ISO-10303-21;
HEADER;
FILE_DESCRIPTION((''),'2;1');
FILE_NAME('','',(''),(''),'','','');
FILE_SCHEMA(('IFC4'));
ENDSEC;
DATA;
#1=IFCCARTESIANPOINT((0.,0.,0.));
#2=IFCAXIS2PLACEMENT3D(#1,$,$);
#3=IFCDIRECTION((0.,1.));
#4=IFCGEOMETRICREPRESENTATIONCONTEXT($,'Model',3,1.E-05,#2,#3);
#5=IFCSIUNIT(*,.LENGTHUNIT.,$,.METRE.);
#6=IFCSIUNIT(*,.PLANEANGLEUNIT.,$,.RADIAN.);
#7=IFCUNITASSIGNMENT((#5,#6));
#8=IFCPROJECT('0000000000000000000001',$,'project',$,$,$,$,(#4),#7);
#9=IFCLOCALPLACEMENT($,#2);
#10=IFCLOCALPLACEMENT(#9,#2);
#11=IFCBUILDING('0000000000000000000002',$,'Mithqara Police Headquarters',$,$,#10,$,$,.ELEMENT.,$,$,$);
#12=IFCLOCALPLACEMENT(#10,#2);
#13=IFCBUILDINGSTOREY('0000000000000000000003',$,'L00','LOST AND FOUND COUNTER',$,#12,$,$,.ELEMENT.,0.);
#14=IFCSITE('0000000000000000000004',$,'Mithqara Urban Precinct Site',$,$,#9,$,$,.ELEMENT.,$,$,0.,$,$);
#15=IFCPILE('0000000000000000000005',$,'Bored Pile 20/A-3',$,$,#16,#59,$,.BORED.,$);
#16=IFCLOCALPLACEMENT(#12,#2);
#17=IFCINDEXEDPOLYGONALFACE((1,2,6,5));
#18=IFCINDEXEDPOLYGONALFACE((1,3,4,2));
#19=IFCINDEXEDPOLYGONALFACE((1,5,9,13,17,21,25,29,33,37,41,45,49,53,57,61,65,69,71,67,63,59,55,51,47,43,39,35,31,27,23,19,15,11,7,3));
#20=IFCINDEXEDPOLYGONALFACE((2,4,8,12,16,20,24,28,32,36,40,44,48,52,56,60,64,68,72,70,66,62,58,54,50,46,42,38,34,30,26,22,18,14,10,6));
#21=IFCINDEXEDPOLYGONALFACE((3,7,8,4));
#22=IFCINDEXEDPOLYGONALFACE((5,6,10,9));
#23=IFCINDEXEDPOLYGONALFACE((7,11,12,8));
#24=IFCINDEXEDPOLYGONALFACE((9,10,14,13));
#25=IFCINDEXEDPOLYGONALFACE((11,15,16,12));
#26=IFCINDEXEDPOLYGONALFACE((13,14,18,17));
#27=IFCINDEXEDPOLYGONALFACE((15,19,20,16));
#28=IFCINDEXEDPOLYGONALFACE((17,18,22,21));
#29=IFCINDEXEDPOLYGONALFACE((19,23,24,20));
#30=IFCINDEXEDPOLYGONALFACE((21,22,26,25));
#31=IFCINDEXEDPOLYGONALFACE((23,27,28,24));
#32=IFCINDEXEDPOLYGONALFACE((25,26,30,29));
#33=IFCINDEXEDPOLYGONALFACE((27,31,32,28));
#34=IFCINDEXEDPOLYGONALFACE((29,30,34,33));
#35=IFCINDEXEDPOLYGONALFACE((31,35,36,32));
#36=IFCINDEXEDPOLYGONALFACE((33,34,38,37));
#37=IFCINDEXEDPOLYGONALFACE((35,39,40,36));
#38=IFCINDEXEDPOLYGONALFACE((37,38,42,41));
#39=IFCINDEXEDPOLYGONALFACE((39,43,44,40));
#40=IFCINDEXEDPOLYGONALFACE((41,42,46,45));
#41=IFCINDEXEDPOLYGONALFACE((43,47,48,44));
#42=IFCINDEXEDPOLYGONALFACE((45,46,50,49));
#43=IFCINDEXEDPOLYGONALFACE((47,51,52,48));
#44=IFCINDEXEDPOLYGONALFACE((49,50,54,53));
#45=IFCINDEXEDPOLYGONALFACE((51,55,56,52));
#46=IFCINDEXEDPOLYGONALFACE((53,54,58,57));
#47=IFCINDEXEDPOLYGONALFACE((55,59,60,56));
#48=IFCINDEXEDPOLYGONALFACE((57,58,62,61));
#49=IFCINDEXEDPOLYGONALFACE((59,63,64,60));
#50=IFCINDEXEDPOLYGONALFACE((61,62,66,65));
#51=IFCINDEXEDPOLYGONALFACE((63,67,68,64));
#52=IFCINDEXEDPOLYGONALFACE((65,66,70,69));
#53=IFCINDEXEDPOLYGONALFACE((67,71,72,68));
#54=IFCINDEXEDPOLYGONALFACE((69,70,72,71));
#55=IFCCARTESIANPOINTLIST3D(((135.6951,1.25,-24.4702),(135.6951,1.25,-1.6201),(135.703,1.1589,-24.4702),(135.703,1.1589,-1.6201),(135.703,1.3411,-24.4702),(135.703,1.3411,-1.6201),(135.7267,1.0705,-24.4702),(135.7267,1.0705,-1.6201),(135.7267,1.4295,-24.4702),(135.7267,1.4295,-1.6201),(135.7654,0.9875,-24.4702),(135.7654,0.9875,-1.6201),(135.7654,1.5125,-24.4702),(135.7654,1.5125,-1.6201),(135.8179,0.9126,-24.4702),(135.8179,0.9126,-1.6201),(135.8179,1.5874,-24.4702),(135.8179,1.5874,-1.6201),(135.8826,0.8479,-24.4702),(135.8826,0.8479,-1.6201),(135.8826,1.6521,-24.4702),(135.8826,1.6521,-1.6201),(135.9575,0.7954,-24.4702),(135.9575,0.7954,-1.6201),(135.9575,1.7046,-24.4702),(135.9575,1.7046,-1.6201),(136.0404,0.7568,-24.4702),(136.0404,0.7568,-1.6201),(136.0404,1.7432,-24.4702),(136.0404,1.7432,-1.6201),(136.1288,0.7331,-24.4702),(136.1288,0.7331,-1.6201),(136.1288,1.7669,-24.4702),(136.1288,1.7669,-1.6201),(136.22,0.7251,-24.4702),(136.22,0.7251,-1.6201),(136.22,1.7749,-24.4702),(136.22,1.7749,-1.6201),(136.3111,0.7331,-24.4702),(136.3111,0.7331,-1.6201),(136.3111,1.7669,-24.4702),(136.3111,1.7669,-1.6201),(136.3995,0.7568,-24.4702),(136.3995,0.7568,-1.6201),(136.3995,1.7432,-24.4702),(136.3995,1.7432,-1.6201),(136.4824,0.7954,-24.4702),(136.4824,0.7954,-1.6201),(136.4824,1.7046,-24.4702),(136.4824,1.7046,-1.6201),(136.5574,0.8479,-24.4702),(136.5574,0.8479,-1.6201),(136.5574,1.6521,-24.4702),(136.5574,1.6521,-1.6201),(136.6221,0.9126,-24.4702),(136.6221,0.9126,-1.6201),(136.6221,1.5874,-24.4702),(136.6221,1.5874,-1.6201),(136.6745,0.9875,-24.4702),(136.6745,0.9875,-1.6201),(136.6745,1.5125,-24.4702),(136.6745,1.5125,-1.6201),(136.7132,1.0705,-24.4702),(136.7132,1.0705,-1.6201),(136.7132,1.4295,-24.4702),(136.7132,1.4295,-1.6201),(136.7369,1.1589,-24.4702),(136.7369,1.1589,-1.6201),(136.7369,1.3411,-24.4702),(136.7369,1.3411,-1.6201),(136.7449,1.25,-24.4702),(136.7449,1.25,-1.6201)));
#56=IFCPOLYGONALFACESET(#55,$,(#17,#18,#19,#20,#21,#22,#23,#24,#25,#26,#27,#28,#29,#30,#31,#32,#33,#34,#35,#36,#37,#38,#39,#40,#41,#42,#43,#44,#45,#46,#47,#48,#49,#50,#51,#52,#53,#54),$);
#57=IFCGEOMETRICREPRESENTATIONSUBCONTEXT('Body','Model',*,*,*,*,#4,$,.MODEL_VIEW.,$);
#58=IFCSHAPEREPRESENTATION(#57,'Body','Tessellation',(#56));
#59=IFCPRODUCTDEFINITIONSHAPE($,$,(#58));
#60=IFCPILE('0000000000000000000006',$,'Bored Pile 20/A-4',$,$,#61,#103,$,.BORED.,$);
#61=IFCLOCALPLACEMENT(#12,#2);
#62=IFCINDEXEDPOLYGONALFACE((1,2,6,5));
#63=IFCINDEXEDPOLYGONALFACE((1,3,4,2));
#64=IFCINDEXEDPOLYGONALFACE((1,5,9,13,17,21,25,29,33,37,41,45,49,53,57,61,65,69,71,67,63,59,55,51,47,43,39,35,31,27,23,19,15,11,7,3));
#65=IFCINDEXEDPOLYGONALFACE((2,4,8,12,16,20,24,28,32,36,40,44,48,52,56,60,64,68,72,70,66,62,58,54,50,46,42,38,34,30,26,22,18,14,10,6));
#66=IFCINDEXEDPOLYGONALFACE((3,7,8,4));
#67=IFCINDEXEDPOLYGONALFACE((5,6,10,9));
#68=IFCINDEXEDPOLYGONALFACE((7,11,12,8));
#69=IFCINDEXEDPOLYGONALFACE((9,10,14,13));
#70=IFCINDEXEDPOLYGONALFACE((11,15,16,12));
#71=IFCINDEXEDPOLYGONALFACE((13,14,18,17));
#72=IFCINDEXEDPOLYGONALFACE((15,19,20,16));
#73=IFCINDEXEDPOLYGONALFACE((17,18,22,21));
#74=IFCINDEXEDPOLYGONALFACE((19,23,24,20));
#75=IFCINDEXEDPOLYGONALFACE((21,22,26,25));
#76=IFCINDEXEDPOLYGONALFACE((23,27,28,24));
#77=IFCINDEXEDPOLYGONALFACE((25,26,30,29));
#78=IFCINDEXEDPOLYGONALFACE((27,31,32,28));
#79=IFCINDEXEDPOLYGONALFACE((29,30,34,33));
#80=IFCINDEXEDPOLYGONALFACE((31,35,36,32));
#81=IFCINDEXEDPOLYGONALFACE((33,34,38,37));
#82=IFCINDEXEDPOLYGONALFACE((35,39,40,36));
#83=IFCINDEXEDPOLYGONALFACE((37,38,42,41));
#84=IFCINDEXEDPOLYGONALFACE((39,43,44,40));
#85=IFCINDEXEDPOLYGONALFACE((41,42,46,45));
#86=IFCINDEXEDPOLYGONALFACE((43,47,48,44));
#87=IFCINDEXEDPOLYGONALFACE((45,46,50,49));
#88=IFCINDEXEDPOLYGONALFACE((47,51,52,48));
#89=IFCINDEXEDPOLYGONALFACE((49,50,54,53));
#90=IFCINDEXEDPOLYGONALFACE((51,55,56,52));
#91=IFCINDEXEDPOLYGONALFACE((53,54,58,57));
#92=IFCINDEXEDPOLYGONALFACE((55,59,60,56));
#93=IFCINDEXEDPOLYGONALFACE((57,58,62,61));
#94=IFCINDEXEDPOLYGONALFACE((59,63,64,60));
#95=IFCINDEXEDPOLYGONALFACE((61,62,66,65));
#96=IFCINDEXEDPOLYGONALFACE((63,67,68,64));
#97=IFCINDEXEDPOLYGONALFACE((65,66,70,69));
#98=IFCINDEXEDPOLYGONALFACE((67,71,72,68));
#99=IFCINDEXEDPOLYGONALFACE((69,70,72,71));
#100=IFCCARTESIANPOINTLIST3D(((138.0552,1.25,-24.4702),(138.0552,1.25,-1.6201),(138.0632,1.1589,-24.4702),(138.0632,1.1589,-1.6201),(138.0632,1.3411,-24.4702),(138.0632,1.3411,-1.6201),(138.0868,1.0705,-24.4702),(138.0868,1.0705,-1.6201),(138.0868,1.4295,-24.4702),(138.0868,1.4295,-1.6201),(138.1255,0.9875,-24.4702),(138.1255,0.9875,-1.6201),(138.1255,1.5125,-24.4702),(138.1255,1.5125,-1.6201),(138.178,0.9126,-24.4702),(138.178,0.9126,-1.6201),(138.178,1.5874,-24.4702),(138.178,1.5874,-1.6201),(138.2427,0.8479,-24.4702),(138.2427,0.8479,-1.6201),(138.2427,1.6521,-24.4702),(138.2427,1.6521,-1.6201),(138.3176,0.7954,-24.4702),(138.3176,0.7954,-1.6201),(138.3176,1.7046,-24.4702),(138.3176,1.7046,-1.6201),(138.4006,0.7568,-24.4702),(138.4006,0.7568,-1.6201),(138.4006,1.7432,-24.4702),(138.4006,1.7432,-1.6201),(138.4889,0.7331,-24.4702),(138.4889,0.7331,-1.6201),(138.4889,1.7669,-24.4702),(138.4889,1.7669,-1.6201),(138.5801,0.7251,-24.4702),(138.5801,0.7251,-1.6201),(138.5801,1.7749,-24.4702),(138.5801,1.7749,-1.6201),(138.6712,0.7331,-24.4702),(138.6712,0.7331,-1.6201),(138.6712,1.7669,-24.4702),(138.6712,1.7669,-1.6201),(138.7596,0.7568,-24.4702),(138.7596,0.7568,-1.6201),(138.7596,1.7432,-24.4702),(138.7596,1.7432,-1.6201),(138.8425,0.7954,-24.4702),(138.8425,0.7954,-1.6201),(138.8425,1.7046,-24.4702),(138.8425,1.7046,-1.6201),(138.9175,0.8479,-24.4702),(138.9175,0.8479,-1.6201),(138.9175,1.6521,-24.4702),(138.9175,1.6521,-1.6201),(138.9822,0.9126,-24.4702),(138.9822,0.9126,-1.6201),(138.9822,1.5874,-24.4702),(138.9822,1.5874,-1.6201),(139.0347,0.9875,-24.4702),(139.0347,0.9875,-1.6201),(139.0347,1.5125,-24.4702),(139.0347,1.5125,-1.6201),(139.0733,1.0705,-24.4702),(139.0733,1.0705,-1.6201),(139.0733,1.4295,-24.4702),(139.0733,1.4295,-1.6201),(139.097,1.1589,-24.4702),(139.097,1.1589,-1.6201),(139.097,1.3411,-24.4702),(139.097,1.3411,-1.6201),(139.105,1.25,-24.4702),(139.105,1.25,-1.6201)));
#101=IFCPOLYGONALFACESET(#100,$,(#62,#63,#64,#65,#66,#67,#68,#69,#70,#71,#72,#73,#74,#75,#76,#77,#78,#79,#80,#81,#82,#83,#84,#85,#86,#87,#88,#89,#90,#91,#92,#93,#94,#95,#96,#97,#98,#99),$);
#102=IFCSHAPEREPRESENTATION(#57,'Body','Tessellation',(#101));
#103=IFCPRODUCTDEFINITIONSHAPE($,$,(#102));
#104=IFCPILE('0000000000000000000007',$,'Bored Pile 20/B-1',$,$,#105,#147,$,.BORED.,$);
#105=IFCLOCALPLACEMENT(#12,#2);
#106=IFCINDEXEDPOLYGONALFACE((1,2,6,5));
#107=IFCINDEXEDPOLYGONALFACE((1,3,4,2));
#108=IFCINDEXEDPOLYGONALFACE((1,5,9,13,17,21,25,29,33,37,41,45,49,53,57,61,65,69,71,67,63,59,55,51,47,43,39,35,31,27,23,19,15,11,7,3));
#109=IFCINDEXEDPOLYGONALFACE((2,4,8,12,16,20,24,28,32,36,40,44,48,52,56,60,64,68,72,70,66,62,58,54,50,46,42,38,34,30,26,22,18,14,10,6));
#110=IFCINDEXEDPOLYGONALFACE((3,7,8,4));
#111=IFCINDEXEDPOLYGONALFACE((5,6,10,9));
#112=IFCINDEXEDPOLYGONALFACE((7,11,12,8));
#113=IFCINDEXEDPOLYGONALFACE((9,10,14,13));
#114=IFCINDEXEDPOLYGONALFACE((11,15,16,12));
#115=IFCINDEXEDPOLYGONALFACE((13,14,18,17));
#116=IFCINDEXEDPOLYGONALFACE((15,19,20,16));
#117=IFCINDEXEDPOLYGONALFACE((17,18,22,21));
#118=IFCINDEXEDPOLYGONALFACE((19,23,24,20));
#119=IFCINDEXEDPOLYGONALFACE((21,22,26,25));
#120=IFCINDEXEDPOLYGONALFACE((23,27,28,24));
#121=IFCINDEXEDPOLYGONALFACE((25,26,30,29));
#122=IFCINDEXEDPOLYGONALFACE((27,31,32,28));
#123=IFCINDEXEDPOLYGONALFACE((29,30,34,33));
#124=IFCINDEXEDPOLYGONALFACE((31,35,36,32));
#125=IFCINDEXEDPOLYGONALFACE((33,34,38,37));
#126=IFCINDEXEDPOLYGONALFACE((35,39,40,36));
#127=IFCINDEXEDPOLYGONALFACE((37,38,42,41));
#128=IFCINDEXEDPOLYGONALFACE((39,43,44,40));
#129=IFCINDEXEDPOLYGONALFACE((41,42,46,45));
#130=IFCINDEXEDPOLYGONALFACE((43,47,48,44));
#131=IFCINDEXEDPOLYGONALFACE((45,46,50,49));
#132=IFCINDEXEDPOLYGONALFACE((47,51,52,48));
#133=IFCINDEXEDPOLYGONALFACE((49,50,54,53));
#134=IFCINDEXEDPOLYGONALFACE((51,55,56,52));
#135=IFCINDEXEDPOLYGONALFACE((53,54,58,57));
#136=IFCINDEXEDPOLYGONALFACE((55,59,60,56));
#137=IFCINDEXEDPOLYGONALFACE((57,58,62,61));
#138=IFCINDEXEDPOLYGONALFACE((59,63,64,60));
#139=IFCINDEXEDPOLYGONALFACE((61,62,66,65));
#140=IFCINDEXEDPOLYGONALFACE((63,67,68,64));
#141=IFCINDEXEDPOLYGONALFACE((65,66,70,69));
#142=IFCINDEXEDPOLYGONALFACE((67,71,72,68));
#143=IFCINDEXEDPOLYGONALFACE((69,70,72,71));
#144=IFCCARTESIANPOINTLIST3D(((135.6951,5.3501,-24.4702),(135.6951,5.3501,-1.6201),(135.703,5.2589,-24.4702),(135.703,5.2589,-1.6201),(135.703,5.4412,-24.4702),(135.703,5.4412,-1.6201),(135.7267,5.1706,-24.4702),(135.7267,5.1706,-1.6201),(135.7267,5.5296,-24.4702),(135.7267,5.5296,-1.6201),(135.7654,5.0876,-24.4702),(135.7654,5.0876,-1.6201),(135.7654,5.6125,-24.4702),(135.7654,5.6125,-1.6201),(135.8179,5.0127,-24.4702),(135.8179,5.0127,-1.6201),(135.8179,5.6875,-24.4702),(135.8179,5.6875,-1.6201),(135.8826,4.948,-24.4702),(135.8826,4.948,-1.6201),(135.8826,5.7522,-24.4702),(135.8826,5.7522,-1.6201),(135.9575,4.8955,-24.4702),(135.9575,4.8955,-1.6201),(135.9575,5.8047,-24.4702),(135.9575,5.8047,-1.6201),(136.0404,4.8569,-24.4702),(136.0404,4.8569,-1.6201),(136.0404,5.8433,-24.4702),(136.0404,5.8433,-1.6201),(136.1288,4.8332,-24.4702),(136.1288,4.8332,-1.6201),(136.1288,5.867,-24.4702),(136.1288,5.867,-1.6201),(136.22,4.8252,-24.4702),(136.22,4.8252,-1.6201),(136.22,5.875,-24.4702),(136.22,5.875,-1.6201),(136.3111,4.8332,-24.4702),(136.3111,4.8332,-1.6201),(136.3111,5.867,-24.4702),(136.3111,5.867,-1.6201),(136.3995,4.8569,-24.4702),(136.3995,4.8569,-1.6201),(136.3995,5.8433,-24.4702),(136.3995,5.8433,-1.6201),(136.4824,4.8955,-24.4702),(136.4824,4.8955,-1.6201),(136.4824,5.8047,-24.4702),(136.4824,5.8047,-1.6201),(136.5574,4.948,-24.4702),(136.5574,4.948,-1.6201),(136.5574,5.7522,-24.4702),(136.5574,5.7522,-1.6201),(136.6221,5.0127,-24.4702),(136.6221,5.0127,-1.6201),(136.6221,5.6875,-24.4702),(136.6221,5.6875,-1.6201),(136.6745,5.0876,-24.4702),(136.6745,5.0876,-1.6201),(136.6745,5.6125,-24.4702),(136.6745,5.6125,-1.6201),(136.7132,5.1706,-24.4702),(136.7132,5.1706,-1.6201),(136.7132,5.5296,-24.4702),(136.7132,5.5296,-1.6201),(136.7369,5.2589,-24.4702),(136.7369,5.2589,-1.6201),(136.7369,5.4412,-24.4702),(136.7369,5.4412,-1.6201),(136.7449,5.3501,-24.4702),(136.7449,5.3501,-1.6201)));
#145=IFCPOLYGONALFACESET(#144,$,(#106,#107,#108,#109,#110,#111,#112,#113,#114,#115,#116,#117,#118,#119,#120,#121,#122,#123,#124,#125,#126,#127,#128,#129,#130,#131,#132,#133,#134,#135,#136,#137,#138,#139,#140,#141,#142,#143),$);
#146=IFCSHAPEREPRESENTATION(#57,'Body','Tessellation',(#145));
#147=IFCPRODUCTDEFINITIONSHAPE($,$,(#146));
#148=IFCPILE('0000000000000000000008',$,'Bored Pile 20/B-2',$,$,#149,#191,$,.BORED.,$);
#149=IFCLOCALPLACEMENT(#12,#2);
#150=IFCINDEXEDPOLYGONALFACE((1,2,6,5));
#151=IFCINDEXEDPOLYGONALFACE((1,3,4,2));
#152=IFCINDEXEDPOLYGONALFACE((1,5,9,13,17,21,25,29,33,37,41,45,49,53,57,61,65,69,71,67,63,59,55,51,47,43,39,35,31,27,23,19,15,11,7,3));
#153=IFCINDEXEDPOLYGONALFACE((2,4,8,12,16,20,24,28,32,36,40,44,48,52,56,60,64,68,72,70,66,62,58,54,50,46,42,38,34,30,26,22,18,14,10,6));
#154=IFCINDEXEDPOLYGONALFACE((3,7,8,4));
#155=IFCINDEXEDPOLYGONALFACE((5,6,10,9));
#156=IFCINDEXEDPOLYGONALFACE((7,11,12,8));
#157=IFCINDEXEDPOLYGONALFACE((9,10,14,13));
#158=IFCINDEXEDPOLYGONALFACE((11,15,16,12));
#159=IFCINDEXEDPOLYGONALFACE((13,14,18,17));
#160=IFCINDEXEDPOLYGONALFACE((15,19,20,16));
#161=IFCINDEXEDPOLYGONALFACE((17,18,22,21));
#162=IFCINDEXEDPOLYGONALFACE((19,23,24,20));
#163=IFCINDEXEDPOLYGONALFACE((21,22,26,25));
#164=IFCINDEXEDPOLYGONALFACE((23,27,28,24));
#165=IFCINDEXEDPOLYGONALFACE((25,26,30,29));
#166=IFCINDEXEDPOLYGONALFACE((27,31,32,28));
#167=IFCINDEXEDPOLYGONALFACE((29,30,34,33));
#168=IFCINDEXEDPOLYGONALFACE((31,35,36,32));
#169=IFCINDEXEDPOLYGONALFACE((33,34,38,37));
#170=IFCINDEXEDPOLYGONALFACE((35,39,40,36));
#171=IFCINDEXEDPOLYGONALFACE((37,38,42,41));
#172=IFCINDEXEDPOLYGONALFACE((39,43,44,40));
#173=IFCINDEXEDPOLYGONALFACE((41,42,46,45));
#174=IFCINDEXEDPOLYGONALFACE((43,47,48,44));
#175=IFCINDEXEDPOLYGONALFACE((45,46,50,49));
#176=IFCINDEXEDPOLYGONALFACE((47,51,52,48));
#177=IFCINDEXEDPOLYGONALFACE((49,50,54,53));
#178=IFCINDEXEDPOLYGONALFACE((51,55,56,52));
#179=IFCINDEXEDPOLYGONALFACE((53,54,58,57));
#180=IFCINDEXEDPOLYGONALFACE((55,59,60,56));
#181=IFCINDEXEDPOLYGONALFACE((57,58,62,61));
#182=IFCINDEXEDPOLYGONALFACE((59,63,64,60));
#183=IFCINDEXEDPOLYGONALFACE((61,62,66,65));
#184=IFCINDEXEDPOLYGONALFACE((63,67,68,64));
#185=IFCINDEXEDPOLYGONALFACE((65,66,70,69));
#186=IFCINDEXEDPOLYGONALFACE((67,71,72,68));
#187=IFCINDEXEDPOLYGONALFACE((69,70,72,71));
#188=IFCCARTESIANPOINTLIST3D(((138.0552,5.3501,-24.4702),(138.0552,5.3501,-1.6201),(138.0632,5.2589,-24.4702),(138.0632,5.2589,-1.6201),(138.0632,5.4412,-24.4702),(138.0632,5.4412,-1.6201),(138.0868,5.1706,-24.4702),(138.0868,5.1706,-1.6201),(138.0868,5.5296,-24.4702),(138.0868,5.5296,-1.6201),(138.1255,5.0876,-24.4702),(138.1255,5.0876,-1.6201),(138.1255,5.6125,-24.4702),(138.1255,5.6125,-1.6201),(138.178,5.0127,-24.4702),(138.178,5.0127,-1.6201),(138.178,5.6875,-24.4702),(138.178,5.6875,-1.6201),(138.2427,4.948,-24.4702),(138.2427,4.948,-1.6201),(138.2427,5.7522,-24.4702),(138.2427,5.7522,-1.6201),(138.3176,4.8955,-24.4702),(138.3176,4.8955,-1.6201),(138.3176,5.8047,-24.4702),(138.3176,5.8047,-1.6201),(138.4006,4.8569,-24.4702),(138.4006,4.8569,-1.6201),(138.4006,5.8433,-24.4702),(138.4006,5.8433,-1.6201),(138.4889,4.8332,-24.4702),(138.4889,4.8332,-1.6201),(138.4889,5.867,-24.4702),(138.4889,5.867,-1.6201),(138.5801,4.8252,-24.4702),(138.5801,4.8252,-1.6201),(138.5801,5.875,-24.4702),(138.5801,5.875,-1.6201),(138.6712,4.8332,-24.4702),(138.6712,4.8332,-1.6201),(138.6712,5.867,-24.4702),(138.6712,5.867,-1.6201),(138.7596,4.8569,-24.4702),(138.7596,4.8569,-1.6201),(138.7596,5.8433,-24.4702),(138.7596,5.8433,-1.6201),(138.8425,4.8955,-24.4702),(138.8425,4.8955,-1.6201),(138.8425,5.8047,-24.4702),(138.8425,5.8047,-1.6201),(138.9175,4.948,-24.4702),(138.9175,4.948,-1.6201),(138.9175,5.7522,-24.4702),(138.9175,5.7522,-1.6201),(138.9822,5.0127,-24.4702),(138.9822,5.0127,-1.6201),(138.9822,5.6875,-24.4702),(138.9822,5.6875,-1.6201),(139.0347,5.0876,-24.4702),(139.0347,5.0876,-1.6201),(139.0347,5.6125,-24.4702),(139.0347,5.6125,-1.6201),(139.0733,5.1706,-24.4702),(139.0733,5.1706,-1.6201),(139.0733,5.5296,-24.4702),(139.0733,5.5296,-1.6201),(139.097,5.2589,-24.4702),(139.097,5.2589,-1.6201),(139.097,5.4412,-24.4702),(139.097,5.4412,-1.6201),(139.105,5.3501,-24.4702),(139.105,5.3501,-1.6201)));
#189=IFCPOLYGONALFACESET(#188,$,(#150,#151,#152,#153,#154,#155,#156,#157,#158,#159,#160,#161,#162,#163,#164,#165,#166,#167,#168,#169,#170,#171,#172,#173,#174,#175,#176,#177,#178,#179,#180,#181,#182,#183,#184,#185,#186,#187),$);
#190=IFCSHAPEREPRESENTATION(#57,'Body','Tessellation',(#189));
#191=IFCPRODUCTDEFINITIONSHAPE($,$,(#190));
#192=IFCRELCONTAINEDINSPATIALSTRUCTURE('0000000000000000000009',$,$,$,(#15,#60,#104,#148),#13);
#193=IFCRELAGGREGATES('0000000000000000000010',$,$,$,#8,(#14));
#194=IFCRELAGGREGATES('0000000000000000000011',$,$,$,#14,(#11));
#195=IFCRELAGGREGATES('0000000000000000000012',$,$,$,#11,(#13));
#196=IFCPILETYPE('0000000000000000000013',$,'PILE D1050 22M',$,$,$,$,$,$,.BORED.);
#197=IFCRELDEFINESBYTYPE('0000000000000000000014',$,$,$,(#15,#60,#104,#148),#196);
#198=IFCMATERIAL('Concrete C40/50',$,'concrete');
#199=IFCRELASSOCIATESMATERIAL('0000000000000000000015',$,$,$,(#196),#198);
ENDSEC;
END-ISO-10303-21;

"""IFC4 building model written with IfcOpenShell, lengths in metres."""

from ifc_helpers import new_model, si_unit, direction, frame, origin, origin_2d, place, context, subcontext, project, spatial, circle, extrude, material, material_profile, profile_set, type_object, element, save


model = new_model("IFC4")

# Units and contexts
model_context = context("Model", 3, precision=1e-05, world=origin(), true_north=direction((0.0, 1.0)))
body_context = subcontext(model_context, "Body", "Model", "MODEL_VIEW")
ifc_project = project(units=[si_unit("LENGTHUNIT", "METRE"), si_unit("PLANEANGLEUNIT", "RADIAN")], contexts=[model_context])

# Site, building, storey
site_placement = place(None, origin())
site = spatial("IfcSite", under=ifc_project, at=site_placement, Name="Mithqara Urban Precinct Site", CompositionType="ELEMENT", RefElevation=0.0)
building_placement = place(site_placement, origin())
building = spatial("IfcBuilding", under=site, at=building_placement, Name="Mithqara Police Headquarters", CompositionType="ELEMENT")
storey_placement = place(building_placement, origin())
storey = spatial("IfcBuildingStorey", under=building, at=storey_placement, Name="L00", Description="LOST AND FOUND COUNTER", CompositionType="ELEMENT", Elevation=0.0)

# Shared definitions
ifc_material_1 = material(Name="Concrete C40/50", Category="concrete")

# Piles
ifc_material_profile_1 = material_profile(ifc_material_1, circle(Radius=0.5249, at=origin_2d()), Name="PILE D1050")
ifc_profile_set_1 = profile_set([ifc_material_profile_1], Name="Concrete C40/50")
pile_type = type_object("IfcPileType", Name="PILE D1050 22M", PredefinedType="BORED", material=ifc_profile_set_1)
for number, where, z_axis, x_axis, name in (
    (1, (136.22, 1.25, -1.6201), (0.0, 0.0, -1.0), (1.0, 0.0, 0.0), "Bored Pile 20/A-3"),
    (2, (138.5801, 1.25, -1.6201), (0.0, 0.0, -1.0), (1.0, 0.0, 0.0), "Bored Pile 20/A-4"),
    (3, (136.22, 5.3501, -1.6201), (0.0, 0.0, -1.0), (1.0, 0.0, 0.0), "Bored Pile 20/B-1"),
    (4, (138.5801, 5.3501, -1.6201), (0.0, 0.0, -1.0), (1.0, 0.0, 0.0), "Bored Pile 20/B-2"),
):
    element("IfcPile", number, at=place(storey_placement, frame(where, z_axis=z_axis, x_axis=x_axis)), inside=storey, type_object=pile_type, Name=name, PredefinedType="BORED", context=body_context, shape_type="SweptSolid", body=[
        extrude(circle(Radius=0.5249, at=origin_2d()), origin(), (0.0, 0.0, 1.0), 22.8501),
    ])

save(model, "model.ifc")
